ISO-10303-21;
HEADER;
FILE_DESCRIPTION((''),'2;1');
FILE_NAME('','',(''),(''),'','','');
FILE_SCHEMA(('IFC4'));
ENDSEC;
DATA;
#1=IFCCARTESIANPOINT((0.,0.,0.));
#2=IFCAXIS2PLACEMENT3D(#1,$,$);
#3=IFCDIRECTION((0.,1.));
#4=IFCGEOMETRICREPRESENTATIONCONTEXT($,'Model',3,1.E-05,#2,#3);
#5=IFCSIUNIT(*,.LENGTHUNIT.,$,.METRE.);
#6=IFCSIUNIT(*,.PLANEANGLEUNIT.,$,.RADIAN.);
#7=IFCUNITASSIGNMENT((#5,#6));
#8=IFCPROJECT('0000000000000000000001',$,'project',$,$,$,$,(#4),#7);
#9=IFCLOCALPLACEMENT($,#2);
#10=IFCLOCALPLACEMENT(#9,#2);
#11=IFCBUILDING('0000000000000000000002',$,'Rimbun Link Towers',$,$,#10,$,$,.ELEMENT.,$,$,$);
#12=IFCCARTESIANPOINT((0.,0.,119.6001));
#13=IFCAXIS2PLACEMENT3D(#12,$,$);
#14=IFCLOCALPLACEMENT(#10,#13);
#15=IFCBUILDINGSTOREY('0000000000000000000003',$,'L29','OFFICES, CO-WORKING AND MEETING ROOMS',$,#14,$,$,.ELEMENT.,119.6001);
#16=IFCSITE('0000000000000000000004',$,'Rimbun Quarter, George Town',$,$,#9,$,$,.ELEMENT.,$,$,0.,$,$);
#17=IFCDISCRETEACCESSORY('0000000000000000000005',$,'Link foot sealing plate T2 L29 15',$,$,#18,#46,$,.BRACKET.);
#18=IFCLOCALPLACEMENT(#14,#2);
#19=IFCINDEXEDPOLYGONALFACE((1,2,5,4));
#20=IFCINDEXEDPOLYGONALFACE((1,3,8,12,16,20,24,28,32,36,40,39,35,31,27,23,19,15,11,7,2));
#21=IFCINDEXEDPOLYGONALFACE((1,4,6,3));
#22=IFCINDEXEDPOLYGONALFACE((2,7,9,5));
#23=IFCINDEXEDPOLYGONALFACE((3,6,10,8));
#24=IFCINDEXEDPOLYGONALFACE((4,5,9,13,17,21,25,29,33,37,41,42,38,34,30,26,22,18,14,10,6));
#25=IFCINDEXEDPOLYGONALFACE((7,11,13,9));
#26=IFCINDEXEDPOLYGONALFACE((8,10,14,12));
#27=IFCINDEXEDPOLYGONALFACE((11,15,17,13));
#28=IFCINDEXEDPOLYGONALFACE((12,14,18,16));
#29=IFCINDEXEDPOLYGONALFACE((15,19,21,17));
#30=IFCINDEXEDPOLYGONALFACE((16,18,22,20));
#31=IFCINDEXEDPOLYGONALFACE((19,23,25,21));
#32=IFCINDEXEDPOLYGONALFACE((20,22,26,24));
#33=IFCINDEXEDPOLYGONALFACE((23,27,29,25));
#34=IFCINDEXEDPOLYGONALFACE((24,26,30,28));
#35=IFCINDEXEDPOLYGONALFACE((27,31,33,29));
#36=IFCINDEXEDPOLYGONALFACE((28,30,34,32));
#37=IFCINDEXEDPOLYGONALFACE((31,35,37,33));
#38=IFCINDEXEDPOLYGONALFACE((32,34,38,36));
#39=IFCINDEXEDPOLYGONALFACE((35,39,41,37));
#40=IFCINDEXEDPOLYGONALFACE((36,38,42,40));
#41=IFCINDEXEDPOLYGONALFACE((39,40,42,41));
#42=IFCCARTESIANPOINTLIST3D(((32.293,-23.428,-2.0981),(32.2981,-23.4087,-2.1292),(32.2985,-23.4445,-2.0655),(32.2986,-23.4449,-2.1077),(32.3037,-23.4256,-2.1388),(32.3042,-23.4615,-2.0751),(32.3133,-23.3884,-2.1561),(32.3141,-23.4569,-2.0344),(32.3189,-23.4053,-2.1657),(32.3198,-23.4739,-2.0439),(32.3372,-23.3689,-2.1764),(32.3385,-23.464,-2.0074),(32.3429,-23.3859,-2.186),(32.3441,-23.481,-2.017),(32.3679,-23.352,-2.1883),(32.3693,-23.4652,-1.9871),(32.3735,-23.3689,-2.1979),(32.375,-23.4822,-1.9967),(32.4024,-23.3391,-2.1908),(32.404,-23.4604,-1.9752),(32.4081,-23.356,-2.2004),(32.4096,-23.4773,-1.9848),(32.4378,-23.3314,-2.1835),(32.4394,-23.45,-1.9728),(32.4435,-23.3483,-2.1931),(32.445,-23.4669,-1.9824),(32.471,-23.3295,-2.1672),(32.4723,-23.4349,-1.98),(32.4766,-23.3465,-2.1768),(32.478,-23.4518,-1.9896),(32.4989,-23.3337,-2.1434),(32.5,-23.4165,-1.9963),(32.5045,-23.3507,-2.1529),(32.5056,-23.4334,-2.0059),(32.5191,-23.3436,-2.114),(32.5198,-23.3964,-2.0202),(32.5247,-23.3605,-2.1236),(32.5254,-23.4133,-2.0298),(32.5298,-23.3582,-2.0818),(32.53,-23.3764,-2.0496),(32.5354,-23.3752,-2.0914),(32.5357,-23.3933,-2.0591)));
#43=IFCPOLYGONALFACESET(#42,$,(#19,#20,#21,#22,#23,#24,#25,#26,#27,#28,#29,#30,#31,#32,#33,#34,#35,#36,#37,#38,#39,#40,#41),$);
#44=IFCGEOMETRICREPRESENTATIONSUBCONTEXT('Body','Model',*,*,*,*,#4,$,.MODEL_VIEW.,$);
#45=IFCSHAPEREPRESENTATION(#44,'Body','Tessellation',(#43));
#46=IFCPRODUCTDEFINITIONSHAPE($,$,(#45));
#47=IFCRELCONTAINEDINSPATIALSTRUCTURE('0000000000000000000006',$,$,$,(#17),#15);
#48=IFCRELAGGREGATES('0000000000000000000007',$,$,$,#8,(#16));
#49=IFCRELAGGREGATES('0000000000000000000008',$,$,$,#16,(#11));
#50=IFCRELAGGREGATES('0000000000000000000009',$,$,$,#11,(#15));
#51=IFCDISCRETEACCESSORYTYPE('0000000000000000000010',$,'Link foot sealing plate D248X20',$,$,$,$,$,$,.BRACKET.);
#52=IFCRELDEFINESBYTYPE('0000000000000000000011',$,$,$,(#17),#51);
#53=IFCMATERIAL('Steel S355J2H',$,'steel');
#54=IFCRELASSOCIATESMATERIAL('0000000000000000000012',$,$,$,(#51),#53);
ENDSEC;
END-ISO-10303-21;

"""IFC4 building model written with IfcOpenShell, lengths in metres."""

from ifc_helpers import new_model, si_unit, direction, frame, origin, origin_2d, place, context, subcontext, project, spatial, circle, extrude, material, material_profile, profile_set, type_object, element, save


model = new_model("IFC4")

# Units and contexts
model_context = context("Model", 3, precision=1e-05, world=origin(), true_north=direction((0.0, 1.0)))
body_context = subcontext(model_context, "Body", "Model", "MODEL_VIEW")
ifc_project = project(units=[si_unit("LENGTHUNIT", "METRE"), si_unit("PLANEANGLEUNIT", "RADIAN")], contexts=[model_context])

# Site, building, storey
site_placement = place(None, origin())
site = spatial("IfcSite", under=ifc_project, at=site_placement, Name="Rimbun Quarter, George Town", CompositionType="ELEMENT", RefElevation=0.0)
building_placement = place(site_placement, origin())
building = spatial("IfcBuilding", under=site, at=building_placement, Name="Rimbun Link Towers", CompositionType="ELEMENT")
storey_placement = place(building_placement, frame((0.0, 0.0, 119.6001)))
storey = spatial("IfcBuildingStorey", under=building, at=storey_placement, Name="L29", Description="OFFICES, CO-WORKING AND MEETING ROOMS", CompositionType="ELEMENT", Elevation=119.6001)

# Discrete accessory
ifc_material_1 = material(Name="Steel S355J2H", Category="steel")
ifc_material_profile_1 = material_profile(ifc_material_1, circle(Radius=0.124, at=origin_2d()), Name="PL D248")
ifc_profile_set_1 = profile_set([ifc_material_profile_1], Name="Steel S355J2H")
discrete_accessory_type = type_object("IfcDiscreteAccessoryType", Name="Link foot sealing plate D248X20", PredefinedType="BRACKET", material=ifc_profile_set_1)
discrete_accessory_placement = place(storey_placement, frame((32.4121, -23.3975, -2.0818), z_axis=(0.278691, -0.836072, -0.472562), x_axis=(0.948683, 0.316228, 0.0)))
element("IfcDiscreteAccessory", 1, at=discrete_accessory_placement, inside=storey, type_object=discrete_accessory_type, Name="Link foot sealing plate T2 L29 15", PredefinedType="BRACKET", context=body_context, shape_type="SweptSolid", body=[
    extrude(circle(Radius=0.124, at=origin_2d()), origin(), (0.0, 0.0, 1.0), 0.0203),
])

save(model, "model.ifc")
